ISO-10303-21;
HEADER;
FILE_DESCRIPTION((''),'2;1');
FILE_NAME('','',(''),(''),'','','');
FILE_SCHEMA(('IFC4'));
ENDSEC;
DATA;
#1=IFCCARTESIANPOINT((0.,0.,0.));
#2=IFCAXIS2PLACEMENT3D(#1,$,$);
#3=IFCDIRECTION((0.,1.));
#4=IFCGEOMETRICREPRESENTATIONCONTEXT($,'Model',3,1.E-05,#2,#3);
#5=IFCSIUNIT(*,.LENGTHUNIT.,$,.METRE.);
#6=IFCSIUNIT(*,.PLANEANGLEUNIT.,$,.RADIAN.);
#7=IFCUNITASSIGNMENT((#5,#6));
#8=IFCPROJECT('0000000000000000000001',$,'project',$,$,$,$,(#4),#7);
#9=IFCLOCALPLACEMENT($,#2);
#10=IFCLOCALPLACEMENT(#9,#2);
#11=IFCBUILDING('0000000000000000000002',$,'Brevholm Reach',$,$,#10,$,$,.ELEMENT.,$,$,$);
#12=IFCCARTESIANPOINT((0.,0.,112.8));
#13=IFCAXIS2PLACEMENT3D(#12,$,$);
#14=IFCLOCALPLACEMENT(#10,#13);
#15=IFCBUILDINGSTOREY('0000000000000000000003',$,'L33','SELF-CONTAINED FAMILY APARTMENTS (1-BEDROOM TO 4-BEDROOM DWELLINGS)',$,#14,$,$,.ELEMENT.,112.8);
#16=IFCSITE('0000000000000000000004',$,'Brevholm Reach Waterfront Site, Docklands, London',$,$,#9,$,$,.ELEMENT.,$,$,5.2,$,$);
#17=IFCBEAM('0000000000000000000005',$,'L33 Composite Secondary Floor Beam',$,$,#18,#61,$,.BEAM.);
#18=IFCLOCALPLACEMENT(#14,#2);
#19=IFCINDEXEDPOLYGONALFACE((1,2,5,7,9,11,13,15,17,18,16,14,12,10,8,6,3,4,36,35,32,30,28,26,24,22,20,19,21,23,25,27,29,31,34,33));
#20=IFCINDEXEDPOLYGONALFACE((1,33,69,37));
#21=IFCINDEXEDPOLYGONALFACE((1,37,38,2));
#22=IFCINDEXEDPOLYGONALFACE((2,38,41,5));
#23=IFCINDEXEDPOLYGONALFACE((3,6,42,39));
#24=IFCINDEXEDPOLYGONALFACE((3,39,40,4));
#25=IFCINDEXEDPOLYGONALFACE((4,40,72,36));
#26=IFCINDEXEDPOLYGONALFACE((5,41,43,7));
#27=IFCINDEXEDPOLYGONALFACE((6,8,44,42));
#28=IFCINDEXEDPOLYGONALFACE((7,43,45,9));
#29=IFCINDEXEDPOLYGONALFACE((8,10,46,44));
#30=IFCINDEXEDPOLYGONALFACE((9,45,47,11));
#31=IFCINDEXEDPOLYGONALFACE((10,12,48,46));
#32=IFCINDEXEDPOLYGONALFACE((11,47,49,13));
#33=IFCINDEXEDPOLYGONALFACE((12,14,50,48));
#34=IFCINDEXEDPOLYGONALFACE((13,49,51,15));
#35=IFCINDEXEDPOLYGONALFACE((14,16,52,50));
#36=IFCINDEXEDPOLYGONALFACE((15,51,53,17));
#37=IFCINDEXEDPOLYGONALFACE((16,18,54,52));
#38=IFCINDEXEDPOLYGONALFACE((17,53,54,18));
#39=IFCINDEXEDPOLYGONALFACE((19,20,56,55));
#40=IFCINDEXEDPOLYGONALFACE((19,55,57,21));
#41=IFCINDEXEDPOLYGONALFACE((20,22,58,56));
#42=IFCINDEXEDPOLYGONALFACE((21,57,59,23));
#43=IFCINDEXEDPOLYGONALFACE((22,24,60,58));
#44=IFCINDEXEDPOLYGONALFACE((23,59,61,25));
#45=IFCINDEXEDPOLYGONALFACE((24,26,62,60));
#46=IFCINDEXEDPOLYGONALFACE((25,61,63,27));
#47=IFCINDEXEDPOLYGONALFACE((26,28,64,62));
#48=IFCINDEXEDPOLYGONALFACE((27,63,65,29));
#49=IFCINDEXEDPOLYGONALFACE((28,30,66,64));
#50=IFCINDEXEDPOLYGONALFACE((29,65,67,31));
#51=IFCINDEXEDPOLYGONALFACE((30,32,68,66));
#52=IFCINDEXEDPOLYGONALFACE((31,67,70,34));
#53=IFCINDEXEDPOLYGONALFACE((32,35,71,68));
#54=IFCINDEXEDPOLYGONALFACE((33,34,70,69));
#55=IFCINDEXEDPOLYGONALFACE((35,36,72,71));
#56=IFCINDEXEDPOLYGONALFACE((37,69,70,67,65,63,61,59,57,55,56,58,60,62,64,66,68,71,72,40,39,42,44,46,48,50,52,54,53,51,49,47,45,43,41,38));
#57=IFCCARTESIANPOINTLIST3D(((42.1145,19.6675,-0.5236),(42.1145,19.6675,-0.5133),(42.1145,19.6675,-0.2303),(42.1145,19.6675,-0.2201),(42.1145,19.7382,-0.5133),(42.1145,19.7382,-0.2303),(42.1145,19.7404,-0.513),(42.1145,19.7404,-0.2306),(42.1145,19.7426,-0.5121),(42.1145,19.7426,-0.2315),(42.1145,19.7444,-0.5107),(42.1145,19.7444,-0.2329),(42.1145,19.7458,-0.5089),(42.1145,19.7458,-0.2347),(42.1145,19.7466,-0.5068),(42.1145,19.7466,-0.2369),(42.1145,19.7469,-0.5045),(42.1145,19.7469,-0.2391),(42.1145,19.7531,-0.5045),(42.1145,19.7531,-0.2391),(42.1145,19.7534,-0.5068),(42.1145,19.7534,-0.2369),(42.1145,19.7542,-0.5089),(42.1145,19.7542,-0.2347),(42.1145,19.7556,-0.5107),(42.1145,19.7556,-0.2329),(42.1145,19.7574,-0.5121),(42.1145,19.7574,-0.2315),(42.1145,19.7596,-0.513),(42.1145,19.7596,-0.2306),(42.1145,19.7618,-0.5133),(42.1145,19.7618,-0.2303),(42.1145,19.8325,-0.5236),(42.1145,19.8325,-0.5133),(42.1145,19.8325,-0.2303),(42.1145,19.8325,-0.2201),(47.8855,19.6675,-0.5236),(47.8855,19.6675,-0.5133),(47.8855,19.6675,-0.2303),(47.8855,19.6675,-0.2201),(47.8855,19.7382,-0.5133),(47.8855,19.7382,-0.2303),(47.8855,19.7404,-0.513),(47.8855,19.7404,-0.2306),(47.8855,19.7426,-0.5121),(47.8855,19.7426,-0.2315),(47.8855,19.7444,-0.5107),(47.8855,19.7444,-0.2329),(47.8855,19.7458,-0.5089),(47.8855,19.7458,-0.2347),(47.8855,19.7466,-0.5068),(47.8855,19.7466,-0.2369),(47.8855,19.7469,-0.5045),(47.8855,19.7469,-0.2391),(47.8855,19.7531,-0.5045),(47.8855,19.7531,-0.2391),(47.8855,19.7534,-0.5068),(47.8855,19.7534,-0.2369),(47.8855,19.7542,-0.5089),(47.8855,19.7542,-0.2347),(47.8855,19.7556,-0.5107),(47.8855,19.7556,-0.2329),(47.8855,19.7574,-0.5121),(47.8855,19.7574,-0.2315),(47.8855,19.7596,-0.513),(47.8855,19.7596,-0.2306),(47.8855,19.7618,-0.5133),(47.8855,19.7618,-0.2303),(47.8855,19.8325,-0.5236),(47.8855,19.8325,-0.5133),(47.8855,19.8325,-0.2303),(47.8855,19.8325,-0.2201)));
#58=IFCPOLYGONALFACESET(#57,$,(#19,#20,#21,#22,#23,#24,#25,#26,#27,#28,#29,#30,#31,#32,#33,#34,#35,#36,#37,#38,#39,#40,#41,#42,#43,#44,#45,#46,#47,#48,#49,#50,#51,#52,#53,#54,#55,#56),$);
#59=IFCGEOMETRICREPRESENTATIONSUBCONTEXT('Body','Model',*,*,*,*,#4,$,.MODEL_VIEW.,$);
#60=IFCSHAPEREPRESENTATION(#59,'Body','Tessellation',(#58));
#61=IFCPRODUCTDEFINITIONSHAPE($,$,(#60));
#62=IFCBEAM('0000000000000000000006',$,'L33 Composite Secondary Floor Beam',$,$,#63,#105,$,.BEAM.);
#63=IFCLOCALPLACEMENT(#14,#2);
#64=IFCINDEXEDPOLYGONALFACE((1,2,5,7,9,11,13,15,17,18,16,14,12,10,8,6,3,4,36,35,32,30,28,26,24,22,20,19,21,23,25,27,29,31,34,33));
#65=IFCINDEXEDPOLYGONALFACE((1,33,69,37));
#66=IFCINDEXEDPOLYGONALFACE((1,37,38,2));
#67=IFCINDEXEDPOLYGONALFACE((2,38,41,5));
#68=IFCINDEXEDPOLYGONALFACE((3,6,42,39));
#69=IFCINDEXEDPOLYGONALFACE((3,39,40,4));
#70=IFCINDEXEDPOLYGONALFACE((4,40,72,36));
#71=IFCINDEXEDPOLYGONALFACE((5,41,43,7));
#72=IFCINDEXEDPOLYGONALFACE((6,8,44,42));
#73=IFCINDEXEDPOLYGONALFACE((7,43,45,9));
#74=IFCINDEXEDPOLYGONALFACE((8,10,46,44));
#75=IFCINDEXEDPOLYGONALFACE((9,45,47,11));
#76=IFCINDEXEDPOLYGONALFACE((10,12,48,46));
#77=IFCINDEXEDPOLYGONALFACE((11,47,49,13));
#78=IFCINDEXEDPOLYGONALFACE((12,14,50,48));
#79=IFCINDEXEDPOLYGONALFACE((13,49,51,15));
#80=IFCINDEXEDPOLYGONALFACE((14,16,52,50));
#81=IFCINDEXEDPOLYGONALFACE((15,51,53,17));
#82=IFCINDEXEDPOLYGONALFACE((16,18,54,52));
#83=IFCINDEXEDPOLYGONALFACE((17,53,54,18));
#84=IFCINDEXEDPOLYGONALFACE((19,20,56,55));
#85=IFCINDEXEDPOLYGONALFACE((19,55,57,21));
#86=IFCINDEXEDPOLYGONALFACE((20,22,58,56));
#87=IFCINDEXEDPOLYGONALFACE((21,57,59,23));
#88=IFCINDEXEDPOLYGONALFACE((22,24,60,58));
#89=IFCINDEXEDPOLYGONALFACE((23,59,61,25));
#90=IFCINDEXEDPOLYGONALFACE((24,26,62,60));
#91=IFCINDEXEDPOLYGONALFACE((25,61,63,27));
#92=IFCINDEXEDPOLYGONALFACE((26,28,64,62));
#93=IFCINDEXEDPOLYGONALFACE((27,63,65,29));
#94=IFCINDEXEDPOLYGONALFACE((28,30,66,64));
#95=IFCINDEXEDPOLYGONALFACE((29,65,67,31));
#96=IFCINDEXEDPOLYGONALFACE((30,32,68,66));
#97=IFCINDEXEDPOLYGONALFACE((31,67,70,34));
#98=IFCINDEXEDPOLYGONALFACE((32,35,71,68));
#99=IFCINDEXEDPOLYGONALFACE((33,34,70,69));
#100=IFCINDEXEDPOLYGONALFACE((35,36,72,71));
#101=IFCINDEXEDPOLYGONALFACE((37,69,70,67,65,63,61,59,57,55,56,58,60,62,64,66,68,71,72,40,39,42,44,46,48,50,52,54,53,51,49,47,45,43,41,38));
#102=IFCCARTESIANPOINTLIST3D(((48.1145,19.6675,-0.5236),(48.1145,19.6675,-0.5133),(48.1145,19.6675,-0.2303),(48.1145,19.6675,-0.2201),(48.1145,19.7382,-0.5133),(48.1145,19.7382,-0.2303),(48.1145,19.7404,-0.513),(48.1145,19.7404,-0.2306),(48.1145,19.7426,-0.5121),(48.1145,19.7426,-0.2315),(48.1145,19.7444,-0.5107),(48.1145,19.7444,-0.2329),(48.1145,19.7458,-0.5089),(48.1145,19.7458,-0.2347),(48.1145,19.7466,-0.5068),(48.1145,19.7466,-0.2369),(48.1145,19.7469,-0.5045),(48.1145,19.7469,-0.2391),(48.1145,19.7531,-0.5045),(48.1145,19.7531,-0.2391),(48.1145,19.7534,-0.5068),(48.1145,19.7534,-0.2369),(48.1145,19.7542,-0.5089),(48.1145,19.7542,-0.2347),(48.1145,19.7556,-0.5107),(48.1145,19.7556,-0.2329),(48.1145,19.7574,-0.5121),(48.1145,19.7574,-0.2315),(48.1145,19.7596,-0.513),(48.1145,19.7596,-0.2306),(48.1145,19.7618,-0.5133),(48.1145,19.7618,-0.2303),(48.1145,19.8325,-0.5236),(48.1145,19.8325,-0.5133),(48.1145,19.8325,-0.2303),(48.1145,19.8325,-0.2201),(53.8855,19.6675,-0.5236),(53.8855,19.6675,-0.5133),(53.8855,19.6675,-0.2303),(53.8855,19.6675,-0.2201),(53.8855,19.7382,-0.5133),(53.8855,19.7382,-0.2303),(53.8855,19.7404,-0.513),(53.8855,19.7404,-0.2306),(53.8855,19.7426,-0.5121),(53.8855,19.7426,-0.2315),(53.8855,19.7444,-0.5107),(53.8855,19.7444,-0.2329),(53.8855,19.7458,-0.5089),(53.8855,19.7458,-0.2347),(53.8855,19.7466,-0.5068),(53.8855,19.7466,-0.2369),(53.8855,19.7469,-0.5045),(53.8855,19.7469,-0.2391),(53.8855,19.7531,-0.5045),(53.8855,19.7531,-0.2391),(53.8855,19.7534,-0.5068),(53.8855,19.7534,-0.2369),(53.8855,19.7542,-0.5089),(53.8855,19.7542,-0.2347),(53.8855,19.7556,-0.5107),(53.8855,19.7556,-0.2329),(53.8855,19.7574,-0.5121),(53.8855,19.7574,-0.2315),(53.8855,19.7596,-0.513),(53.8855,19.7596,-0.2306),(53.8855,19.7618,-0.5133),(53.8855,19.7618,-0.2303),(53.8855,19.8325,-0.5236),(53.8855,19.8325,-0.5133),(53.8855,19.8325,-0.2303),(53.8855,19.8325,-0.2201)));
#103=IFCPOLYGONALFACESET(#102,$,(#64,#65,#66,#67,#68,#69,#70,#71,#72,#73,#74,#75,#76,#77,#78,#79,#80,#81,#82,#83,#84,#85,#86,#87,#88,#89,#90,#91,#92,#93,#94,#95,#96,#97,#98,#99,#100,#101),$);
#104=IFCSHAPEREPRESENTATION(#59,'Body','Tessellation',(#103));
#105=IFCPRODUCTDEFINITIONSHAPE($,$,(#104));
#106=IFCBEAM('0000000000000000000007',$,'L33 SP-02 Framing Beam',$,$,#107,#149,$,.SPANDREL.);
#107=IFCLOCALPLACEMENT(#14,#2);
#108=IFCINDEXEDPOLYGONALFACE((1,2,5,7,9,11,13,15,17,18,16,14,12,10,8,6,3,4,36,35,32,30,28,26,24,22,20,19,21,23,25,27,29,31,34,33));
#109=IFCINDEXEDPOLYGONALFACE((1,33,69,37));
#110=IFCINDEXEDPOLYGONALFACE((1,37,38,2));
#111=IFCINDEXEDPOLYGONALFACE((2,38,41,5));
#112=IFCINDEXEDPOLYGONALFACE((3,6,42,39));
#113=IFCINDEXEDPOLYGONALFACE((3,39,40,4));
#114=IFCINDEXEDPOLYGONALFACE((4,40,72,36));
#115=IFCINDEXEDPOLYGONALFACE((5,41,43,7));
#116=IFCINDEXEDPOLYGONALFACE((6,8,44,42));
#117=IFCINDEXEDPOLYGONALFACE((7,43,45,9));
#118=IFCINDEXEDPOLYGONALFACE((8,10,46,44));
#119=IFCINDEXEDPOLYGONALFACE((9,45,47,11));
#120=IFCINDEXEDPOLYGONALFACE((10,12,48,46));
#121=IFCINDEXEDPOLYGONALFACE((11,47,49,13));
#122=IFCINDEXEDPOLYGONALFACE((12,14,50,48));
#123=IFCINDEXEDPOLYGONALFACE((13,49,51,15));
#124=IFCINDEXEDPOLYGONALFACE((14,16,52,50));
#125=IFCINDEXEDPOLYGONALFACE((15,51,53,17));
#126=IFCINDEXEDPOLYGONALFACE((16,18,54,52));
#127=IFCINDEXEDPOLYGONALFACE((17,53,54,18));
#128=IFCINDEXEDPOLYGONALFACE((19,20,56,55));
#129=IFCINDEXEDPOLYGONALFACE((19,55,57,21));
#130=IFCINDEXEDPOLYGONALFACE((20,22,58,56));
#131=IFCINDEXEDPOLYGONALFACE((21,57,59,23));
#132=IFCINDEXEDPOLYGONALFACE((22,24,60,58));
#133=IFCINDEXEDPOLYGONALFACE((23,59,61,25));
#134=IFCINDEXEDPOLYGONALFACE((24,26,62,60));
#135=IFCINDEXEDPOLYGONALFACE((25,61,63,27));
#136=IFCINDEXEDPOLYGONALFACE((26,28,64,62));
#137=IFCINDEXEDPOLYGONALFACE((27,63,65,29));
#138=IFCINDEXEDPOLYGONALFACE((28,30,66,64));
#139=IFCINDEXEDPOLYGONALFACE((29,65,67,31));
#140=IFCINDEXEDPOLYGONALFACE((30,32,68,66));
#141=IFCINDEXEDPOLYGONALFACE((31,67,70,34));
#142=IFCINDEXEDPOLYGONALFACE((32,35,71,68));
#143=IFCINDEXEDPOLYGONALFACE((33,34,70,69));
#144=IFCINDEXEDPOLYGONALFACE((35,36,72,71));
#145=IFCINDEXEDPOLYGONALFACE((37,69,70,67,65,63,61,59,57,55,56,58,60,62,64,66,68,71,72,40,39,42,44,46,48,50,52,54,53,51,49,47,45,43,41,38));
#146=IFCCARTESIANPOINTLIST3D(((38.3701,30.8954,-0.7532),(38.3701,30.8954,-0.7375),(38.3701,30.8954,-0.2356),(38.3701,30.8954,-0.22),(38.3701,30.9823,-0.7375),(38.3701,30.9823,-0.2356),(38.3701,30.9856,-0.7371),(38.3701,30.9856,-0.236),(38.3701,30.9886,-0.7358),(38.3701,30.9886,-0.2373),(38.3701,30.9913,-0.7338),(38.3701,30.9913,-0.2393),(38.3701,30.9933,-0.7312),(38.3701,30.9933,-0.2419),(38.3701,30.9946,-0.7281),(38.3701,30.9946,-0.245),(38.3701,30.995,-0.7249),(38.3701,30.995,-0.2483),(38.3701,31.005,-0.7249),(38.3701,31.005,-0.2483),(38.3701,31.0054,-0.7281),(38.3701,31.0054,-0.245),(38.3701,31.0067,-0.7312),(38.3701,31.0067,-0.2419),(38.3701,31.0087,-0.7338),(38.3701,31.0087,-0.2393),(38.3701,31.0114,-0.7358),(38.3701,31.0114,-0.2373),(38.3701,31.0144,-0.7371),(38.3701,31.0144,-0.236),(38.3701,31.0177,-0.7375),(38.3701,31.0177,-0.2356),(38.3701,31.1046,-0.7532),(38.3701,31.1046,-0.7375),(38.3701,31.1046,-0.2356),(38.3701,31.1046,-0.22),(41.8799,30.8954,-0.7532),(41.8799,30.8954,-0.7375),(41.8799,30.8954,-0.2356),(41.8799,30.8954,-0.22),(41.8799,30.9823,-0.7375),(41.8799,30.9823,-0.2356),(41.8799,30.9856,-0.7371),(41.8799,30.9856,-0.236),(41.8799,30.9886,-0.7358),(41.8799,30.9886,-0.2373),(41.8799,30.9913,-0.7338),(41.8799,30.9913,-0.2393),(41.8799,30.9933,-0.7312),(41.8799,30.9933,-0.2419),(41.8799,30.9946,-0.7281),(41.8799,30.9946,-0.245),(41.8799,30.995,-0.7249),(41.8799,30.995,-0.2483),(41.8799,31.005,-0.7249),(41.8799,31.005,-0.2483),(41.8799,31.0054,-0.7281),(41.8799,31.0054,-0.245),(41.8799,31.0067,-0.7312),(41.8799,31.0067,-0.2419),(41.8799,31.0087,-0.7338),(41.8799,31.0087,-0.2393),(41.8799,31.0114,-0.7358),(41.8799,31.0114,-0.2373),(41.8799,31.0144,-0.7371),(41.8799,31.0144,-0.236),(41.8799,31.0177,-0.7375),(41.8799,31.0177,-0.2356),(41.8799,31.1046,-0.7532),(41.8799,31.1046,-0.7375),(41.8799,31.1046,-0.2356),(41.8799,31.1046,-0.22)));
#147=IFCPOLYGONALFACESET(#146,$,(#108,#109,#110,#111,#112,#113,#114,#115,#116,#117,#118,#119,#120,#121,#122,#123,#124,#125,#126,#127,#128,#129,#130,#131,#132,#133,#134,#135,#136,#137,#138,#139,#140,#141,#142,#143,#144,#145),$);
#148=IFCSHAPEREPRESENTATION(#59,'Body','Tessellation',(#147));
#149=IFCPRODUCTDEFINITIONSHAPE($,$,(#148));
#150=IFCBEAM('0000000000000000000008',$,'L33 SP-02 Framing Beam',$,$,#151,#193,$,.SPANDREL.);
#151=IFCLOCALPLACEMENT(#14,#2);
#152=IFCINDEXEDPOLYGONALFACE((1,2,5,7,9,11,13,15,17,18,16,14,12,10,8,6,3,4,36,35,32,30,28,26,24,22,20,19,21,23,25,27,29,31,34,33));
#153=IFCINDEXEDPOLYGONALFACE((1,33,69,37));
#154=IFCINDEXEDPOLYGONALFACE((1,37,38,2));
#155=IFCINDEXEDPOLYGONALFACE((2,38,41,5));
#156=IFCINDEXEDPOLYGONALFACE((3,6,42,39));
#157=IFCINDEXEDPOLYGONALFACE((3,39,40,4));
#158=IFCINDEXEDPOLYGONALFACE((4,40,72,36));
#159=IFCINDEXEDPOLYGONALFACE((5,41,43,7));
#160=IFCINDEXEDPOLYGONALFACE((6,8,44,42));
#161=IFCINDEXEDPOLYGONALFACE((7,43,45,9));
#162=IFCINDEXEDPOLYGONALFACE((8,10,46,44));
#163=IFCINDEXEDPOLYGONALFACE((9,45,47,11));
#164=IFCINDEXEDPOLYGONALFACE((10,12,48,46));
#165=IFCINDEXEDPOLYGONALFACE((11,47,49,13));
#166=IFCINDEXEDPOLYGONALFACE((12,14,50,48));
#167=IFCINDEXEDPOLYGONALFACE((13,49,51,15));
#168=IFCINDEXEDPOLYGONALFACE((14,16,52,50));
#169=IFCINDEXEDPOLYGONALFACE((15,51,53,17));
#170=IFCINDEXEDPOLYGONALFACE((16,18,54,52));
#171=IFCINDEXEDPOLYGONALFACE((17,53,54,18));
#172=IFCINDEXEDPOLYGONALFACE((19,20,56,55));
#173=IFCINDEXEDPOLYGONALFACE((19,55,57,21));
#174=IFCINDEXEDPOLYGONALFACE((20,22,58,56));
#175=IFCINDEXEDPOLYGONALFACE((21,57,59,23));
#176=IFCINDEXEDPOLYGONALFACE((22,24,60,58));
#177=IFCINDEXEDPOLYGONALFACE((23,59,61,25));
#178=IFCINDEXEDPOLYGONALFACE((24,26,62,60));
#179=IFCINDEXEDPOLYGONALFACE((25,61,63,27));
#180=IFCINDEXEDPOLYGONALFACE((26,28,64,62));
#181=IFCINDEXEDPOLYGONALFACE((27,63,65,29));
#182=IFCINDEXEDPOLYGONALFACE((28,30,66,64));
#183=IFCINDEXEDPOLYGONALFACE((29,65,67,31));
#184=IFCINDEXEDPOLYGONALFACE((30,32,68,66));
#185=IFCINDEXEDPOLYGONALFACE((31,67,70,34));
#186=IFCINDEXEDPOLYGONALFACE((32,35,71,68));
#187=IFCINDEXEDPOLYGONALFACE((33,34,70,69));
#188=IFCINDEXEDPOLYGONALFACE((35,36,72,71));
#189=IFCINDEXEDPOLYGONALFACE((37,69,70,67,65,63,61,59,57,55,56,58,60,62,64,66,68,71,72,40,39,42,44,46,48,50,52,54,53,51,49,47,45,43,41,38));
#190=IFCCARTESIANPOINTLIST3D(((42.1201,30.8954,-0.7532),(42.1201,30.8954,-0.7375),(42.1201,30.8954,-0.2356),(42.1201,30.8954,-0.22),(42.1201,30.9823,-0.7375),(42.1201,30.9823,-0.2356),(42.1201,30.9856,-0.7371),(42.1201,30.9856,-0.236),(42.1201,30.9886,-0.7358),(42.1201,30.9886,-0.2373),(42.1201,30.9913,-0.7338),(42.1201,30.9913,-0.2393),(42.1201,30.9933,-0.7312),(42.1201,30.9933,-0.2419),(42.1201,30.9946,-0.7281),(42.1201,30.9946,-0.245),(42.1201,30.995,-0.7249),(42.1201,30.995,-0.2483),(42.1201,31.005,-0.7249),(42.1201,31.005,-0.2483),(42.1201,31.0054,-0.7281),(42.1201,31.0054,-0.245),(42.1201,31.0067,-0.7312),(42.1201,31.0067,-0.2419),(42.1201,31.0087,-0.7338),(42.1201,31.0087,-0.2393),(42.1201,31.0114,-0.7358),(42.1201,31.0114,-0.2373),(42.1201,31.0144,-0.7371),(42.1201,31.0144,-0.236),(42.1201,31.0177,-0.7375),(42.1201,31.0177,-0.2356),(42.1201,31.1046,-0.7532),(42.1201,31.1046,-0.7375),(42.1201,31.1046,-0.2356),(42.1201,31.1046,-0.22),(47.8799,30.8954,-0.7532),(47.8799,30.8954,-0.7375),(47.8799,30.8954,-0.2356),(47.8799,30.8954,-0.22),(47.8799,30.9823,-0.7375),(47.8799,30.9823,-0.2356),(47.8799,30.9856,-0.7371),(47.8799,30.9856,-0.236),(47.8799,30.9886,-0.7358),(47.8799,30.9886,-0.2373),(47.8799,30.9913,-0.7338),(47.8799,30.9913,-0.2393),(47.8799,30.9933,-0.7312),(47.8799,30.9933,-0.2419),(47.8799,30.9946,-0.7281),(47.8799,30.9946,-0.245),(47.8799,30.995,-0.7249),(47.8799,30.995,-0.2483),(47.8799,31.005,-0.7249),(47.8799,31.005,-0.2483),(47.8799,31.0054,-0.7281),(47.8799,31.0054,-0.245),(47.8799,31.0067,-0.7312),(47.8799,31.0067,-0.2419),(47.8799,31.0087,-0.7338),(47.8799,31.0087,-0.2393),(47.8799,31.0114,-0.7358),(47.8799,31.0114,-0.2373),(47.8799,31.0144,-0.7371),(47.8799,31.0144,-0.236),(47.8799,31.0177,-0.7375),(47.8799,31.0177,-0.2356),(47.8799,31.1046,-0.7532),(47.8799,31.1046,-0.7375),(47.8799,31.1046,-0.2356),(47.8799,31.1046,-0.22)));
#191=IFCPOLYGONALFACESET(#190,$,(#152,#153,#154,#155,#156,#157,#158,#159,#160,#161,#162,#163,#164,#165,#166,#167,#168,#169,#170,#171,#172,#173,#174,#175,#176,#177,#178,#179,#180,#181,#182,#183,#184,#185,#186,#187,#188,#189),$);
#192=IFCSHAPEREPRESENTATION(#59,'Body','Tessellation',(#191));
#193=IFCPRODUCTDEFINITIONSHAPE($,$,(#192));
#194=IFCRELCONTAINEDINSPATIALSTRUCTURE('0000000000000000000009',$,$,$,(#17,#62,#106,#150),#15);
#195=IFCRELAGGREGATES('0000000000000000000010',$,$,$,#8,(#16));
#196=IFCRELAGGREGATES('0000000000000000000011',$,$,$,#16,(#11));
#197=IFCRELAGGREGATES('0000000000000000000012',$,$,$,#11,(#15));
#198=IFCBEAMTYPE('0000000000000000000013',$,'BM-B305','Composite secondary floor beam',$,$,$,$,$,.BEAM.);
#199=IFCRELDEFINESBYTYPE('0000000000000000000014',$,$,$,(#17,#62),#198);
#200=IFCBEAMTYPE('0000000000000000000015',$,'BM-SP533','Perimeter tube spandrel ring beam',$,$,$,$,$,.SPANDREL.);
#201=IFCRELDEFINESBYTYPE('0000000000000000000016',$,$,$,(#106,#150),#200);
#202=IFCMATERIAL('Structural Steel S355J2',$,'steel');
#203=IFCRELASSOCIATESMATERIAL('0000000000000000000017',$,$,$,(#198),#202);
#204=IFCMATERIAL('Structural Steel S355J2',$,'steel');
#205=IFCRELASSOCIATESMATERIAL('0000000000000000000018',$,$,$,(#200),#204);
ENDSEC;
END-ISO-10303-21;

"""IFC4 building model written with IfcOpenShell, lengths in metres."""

from ifc_helpers import new_model, si_unit, direction, frame, origin, origin_2d, place, context, subcontext, project, spatial, i_section, extrude, material, material_profile, profile_set, type_object, element, save


model = new_model("IFC4")

# Units and contexts
model_context = context("Model", 3, precision=1e-05, world=origin(), true_north=direction((0.0, 1.0)))
body_context = subcontext(model_context, "Body", "Model", "MODEL_VIEW")
ifc_project = project(units=[si_unit("LENGTHUNIT", "METRE"), si_unit("PLANEANGLEUNIT", "RADIAN")], contexts=[model_context])

# Site, building, storey
site_placement = place(None, origin())
site = spatial("IfcSite", under=ifc_project, at=site_placement, Name="Brevholm Reach Waterfront Site, Docklands, London", CompositionType="ELEMENT", RefElevation=5.2)
building_placement = place(site_placement, origin())
building = spatial("IfcBuilding", under=site, at=building_placement, Name="Brevholm Reach", CompositionType="ELEMENT")
storey_placement = place(building_placement, frame((0.0, 0.0, 112.8)))
storey = spatial("IfcBuildingStorey", under=building, at=storey_placement, Name="L33", Description="SELF-CONTAINED FAMILY APARTMENTS (1-BEDROOM TO 4-BEDROOM DWELLINGS)", CompositionType="ELEMENT", Elevation=112.8)

# Beams
ifc_material_1 = material(Name="Structural Steel S355J2", Category="steel")
ifc_material_profile_1 = material_profile(ifc_material_1, i_section(OverallWidth=0.165, OverallDepth=0.3035, WebThickness=0.0061, FlangeThickness=0.0103, FilletRadius=0.0088, at=origin_2d()), Name="UKB 305x165x40")
ifc_profile_set_1 = profile_set([ifc_material_profile_1], Name="Structural Steel S355J2")
beam_type_1 = type_object("IfcBeamType", Name="BM-B305", Description="Composite secondary floor beam", PredefinedType="BEAM", material=ifc_profile_set_1)
for number, where, z_axis, x_axis, name in (
    (1, (42.1145, 19.75, -0.3718), (1.0, 0.0, 0.0), (0.0, 1.0, 0.0), "L33 Composite Secondary Floor Beam"),
    (2, (48.1145, 19.75, -0.3718), (1.0, 0.0, 0.0), (0.0, 1.0, 0.0), "L33 Composite Secondary Floor Beam"),
):
    element("IfcBeam", number, at=place(storey_placement, frame(where, z_axis=z_axis, x_axis=x_axis)), inside=storey, type_object=beam_type_1, Name=name, PredefinedType="BEAM", context=body_context, shape_type="SweptSolid", body=[
        extrude(i_section(OverallWidth=0.165, OverallDepth=0.3035, WebThickness=0.0061, FlangeThickness=0.0103, FilletRadius=0.0088, at=origin_2d()), origin(), (0.0, 0.0, 1.0), 5.771),
    ])
ifc_material_2 = material(Name="Structural Steel S355J2", Category="steel")
ifc_material_profile_2 = material_profile(ifc_material_2, i_section(OverallWidth=0.2092, OverallDepth=0.5332, WebThickness=0.01, FlangeThickness=0.0156, FilletRadius=0.0127, at=origin_2d()), Name="UKB 533x210x92")
ifc_profile_set_2 = profile_set([ifc_material_profile_2], Name="Structural Steel S355J2")
beam_type_2 = type_object("IfcBeamType", Name="BM-SP533", Description="Perimeter tube spandrel ring beam", PredefinedType="SPANDREL", material=ifc_profile_set_2)
beam_1_placement = place(storey_placement, frame((38.3701, 31.0, -0.4866), z_axis=(1.0, 0.0, 0.0), x_axis=(0.0, 1.0, 0.0)))
element("IfcBeam", 3, at=beam_1_placement, inside=storey, type_object=beam_type_2, Name="L33 SP-02 Framing Beam", PredefinedType="SPANDREL", context=body_context, shape_type="SweptSolid", body=[
    extrude(i_section(OverallWidth=0.2092, OverallDepth=0.5332, WebThickness=0.01, FlangeThickness=0.0156, FilletRadius=0.0127, at=origin_2d()), origin(), (0.0, 0.0, 1.0), 3.5098),
])
beam_2_placement = place(storey_placement, frame((42.1201, 31.0, -0.4866), z_axis=(1.0, 0.0, 0.0), x_axis=(0.0, 1.0, 0.0)))
element("IfcBeam", 4, at=beam_2_placement, inside=storey, type_object=beam_type_2, Name="L33 SP-02 Framing Beam", PredefinedType="SPANDREL", context=body_context, shape_type="SweptSolid", body=[
    extrude(i_section(OverallWidth=0.2092, OverallDepth=0.5332, WebThickness=0.01, FlangeThickness=0.0156, FilletRadius=0.0127, at=origin_2d()), origin(), (0.0, 0.0, 1.0), 5.7598),
])

save(model, "model.ifc")
